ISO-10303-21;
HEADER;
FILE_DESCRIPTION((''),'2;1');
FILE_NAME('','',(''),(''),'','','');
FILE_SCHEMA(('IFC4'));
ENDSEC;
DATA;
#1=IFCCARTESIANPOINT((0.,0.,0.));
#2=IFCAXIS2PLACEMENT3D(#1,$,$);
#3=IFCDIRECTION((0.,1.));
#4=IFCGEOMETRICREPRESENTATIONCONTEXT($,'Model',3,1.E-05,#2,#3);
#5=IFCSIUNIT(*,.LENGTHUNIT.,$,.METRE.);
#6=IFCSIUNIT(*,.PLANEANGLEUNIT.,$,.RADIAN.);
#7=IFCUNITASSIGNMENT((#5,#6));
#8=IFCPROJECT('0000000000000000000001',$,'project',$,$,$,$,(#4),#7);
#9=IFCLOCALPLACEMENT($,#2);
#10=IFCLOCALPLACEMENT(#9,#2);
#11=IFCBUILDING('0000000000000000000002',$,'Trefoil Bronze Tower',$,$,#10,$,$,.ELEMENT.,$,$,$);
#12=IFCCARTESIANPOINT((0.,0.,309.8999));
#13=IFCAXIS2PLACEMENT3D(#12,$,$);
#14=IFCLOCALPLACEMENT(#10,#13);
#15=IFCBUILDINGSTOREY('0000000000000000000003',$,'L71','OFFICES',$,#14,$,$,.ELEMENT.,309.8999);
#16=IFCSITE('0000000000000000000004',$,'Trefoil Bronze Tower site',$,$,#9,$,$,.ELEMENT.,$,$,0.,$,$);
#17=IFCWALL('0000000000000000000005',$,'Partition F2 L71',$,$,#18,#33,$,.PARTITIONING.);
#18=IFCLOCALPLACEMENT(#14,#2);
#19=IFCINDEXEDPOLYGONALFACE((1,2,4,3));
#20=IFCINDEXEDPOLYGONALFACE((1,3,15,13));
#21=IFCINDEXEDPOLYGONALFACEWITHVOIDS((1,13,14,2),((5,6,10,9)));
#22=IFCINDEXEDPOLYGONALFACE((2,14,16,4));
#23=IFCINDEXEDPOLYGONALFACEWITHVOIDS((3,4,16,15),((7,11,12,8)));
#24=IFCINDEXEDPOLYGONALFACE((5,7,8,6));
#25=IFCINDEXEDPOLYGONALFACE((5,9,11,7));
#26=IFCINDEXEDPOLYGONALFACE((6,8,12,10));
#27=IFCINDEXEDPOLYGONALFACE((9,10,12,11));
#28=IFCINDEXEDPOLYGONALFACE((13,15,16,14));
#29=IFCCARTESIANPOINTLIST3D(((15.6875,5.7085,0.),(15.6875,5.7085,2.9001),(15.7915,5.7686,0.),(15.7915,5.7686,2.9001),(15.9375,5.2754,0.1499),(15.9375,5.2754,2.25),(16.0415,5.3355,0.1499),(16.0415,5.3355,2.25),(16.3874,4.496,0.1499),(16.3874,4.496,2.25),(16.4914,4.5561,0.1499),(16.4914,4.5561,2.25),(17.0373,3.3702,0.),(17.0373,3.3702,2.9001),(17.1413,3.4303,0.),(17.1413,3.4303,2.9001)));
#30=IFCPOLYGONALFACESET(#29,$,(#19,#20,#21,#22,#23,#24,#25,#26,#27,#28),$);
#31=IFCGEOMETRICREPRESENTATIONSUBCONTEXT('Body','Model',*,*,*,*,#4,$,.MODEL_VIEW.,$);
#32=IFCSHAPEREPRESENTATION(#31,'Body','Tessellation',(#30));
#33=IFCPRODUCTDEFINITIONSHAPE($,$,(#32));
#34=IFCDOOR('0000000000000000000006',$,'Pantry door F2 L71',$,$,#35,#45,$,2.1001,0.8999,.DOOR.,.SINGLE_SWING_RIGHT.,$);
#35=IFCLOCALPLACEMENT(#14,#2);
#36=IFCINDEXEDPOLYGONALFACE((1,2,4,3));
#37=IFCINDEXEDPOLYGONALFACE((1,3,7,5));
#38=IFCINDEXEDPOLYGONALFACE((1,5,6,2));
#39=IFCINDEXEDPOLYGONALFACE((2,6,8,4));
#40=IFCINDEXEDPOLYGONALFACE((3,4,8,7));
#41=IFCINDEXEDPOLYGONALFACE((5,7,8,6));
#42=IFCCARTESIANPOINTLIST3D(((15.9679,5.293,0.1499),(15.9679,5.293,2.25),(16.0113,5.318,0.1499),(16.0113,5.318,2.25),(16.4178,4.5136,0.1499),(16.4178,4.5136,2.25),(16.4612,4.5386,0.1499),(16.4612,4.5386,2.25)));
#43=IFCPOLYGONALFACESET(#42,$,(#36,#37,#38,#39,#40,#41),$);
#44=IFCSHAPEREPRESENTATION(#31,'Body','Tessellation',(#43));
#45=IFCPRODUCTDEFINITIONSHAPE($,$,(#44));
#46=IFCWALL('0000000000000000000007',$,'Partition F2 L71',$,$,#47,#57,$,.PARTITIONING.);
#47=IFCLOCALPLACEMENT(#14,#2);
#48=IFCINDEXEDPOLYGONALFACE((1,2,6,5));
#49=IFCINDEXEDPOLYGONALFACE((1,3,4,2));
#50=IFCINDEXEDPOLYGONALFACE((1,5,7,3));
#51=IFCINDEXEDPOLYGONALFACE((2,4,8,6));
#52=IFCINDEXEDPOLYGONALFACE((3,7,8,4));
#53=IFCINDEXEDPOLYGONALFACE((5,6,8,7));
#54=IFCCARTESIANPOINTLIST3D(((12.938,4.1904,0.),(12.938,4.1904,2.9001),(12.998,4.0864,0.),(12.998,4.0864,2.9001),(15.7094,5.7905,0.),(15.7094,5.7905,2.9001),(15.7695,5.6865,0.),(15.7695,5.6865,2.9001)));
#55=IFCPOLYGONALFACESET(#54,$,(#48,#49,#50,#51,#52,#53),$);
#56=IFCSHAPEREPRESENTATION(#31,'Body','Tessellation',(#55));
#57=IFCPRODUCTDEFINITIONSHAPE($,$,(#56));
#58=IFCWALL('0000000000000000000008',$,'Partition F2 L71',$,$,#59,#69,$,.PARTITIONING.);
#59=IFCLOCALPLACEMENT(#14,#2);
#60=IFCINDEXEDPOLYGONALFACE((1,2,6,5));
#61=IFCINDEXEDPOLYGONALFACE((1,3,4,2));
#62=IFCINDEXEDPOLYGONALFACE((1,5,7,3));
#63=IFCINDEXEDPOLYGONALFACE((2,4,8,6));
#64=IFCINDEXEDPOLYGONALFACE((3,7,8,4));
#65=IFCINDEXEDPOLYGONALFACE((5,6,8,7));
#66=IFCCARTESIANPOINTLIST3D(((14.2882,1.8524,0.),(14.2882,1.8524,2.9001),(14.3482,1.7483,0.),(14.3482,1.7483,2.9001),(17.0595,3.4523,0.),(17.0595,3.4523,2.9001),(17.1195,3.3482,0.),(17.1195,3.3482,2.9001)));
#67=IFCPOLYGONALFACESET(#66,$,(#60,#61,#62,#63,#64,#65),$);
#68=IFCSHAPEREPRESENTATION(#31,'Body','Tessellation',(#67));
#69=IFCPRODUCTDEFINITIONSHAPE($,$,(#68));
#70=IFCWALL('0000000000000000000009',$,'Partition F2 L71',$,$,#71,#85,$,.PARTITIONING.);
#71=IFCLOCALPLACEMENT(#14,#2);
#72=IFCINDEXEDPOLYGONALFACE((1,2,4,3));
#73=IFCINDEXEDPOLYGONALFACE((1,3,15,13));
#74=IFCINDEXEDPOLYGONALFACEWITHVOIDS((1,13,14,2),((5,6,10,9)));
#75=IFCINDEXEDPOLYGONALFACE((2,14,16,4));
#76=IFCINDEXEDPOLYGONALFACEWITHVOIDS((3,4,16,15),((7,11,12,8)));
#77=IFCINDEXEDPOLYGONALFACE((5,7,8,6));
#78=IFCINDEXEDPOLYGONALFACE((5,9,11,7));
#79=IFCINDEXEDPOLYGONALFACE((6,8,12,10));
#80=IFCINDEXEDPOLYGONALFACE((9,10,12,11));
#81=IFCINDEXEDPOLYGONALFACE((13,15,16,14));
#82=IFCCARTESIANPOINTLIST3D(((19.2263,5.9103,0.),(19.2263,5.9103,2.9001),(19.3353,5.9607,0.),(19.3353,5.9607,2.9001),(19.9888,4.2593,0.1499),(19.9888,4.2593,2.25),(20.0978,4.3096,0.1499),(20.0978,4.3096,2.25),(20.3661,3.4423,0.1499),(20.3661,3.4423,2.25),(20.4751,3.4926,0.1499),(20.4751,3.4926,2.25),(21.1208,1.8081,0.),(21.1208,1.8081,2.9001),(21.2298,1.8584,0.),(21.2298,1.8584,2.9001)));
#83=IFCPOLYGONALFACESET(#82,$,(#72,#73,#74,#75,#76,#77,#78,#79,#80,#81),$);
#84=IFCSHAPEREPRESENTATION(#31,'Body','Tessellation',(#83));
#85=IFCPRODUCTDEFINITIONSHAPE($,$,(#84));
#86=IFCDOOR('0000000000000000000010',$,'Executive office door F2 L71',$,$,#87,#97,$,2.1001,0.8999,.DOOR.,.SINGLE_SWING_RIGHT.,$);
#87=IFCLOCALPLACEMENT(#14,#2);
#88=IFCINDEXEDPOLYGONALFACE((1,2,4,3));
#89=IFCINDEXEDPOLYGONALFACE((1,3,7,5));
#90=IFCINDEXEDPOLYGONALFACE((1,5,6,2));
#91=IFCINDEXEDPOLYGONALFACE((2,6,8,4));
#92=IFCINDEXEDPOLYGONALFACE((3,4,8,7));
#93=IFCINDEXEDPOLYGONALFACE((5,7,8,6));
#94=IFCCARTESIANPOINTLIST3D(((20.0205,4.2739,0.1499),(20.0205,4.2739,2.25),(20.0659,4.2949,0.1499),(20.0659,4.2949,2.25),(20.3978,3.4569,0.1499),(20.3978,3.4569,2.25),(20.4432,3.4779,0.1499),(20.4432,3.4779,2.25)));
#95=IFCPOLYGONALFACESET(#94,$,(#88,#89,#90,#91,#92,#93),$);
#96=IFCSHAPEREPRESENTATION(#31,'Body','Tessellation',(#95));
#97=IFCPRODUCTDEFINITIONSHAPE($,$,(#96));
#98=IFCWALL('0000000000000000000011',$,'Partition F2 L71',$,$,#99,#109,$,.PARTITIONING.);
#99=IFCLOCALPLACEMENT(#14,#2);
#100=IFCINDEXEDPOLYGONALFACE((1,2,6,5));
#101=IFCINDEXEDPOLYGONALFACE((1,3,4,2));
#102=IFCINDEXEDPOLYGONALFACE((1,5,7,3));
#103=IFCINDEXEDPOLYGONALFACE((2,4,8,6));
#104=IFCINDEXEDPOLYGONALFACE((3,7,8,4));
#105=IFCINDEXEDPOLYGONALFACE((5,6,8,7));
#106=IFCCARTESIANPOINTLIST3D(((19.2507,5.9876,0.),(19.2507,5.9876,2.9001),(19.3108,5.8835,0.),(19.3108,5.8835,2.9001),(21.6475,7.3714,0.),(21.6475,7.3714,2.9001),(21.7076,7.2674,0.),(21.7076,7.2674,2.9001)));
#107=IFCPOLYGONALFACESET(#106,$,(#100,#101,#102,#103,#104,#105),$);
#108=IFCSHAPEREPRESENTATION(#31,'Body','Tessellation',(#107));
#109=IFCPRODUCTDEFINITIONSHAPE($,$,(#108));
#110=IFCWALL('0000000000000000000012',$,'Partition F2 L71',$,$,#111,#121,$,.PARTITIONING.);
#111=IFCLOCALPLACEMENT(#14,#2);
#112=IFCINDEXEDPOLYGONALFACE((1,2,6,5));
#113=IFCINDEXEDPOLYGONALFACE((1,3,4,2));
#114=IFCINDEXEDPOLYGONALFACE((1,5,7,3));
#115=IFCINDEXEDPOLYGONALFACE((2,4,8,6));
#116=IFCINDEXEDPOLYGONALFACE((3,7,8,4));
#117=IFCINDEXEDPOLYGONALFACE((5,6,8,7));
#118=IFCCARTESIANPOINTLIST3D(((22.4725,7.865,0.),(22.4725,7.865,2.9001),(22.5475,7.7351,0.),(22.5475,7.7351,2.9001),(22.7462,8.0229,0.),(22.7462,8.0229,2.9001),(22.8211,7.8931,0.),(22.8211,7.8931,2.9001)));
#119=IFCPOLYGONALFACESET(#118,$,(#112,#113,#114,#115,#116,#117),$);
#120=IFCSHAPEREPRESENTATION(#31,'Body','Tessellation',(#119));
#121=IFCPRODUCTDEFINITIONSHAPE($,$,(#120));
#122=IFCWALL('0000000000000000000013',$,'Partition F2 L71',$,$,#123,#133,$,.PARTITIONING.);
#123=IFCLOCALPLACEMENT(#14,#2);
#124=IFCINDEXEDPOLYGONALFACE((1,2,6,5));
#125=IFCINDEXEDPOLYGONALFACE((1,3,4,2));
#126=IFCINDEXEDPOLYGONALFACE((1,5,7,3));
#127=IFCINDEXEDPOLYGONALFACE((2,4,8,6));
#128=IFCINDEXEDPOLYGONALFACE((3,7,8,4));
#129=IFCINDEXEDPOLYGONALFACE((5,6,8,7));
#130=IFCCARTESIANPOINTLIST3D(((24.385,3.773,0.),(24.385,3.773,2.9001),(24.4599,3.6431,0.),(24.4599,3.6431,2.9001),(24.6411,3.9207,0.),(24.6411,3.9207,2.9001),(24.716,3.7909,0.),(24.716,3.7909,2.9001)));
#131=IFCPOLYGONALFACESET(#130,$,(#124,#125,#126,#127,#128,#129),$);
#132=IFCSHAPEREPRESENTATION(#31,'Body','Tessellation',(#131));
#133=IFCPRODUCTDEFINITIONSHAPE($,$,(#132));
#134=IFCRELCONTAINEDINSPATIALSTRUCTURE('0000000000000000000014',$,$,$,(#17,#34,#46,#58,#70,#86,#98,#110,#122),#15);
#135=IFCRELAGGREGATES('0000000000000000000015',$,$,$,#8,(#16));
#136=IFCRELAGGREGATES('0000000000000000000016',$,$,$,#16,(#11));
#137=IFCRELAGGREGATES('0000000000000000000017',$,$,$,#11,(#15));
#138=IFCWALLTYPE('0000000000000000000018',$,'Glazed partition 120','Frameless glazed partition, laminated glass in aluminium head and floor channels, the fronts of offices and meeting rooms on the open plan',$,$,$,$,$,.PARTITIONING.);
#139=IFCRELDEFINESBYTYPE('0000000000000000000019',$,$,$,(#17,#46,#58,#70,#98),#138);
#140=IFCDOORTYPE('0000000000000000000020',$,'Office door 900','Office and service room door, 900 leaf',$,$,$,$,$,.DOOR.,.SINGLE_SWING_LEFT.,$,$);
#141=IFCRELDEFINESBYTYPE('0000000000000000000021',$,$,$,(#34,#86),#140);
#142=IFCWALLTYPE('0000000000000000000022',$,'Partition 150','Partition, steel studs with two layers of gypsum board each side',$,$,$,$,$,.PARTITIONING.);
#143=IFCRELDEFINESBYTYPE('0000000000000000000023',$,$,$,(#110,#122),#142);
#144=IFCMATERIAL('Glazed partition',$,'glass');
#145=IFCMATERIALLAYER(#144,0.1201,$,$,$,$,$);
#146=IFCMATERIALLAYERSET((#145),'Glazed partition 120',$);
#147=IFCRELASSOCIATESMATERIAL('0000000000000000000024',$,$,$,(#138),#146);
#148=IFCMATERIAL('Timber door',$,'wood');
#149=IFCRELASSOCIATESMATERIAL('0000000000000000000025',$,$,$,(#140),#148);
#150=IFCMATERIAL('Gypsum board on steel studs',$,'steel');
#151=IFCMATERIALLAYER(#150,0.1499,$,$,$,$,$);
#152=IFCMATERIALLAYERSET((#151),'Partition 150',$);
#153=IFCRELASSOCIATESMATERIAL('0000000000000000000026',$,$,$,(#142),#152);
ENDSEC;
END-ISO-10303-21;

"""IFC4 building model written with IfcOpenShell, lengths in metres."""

from ifc_helpers import new_model, si_unit, direction, frame, frame_2d, origin, place, context, subcontext, project, spatial, rectangle, extrude, material, layer, layer_set, type_object, element, fill, save


model = new_model("IFC4")

# Units and contexts
model_context = context("Model", 3, precision=1e-05, world=origin(), true_north=direction((0.0, 1.0)))
body_context = subcontext(model_context, "Body", "Model", "MODEL_VIEW")
ifc_project = project(units=[si_unit("LENGTHUNIT", "METRE"), si_unit("PLANEANGLEUNIT", "RADIAN")], contexts=[model_context])

# Site, building, storey
site_placement = place(None, origin())
site = spatial("IfcSite", under=ifc_project, at=site_placement, Name="Trefoil Bronze Tower site", CompositionType="ELEMENT", RefElevation=0.0)
building_placement = place(site_placement, origin())
building = spatial("IfcBuilding", under=site, at=building_placement, Name="Trefoil Bronze Tower", CompositionType="ELEMENT")
storey_placement = place(building_placement, frame((0.0, 0.0, 309.8999)))
storey = spatial("IfcBuildingStorey", under=building, at=storey_placement, Name="L71", Description="OFFICES", CompositionType="ELEMENT", Elevation=309.8999)

# Wall, opening, door
ifc_material_1 = material(Name="Glazed partition", Category="glass")
ifc_layer_1 = layer(ifc_material_1, 0.1201)
ifc_layer_set_1 = layer_set([ifc_layer_1], Name="Glazed partition 120")
wall_type_1 = type_object("IfcWallType", Name="Glazed partition 120", Description="Frameless glazed partition, laminated glass in aluminium head and floor channels, the fronts of offices and meeting rooms on the open plan", PredefinedType="PARTITIONING", material=ifc_layer_set_1)
wall_1_placement = place(storey_placement, frame((17.0894, 3.4001, 0.0), z_axis=(0.0, 0.0, 1.0), x_axis=(-0.499942, 0.866059, 0.0)))
wall_1 = element("IfcWall", 1, at=wall_1_placement, inside=storey, type_object=wall_type_1, Name="Partition F2 L71", PredefinedType="PARTITIONING", context=body_context, shape_type="SweptSolid", body=[
    extrude(rectangle(XDim=2.7, YDim=0.1201, at=frame_2d((1.3501, 0.0))), origin(), (0.0, 0.0, 1.0), 2.9001),
])
opening_1_placement = place(wall_1_placement, frame((1.3, 0.0, 0.1499)))
opening_1 = element("IfcOpeningElement", 2, at=opening_1_placement, cuts=wall_1, PredefinedType="OPENING", context=body_context, shape_type="SweptSolid", body=[
    extrude(rectangle(XDim=0.8999, YDim=2.1001, at=frame_2d((0.45, 1.05))), frame((0.0, 0.0701, 0.0), z_axis=(0.0, -1.0, 0.0), x_axis=(1.0, 0.0, 0.0)), (0.0, 0.0, 1.0), 0.1401),
])
ifc_material_2 = material(Name="Timber door", Category="wood")
door_type_1 = type_object("IfcDoorType", Name="Office door 900", Description="Office and service room door, 900 leaf", OperationType="SINGLE_SWING_LEFT", PredefinedType="DOOR", material=ifc_material_2)
door_1_placement = place(opening_1_placement, origin())
door_1 = element("IfcDoor", 3, at=door_1_placement, inside=storey, type_object=door_type_1, Name="Pantry door F2 L71", OperationType="SINGLE_SWING_RIGHT", OverallHeight=2.1001, OverallWidth=0.8999, PredefinedType="DOOR", context=body_context, shape_type="SweptSolid", body=[
    extrude(rectangle(XDim=0.8999, YDim=2.1001, at=frame_2d((0.45, 1.05))), frame((0.0, 0.0249, 0.0), z_axis=(0.0, -1.0, 0.0), x_axis=(1.0, 0.0, 0.0)), (0.0, 0.0, 1.0), 0.05),
])
fill(opening_1, door_1)

# Walls
wall_2_placement = place(storey_placement, frame((12.968, 4.1384, 0.0), z_axis=(0.0, 0.0, 1.0), x_axis=(0.866028, 0.499995, 0.0)))
element("IfcWall", 4, at=wall_2_placement, inside=storey, type_object=wall_type_1, Name="Partition F2 L71", PredefinedType="PARTITIONING", context=body_context, shape_type="SweptSolid", body=[
    extrude(rectangle(XDim=3.2002, YDim=0.1201, at=frame_2d((1.6001, 0.0))), origin(), (0.0, 0.0, 1.0), 2.9001),
])
wall_3_placement = place(storey_placement, frame((14.3181, 1.8003, 0.0), z_axis=(0.0, 0.0, 1.0), x_axis=(0.866042, 0.499971, 0.0)))
element("IfcWall", 5, at=wall_3_placement, inside=storey, type_object=wall_type_1, Name="Partition F2 L71", PredefinedType="PARTITIONING", context=body_context, shape_type="SweptSolid", body=[
    extrude(rectangle(XDim=3.2, YDim=0.1201, at=frame_2d((1.6001, 0.0))), origin(), (0.0, 0.0, 1.0), 2.9001),
])

# Wall, opening, door
wall_4_placement = place(storey_placement, frame((21.1753, 1.8333, 0.0), z_axis=(0.0, 0.0, 1.0), x_axis=(-0.419271, 0.907861, 0.0)))
wall_4 = element("IfcWall", 6, at=wall_4_placement, inside=storey, type_object=wall_type_1, Name="Partition F2 L71", PredefinedType="PARTITIONING", context=body_context, shape_type="SweptSolid", body=[
    extrude(rectangle(XDim=4.5186, YDim=0.1201, at=frame_2d((2.2593, 0.0))), origin(), (0.0, 0.0, 1.0), 2.9001),
])
opening_2_placement = place(wall_4_placement, frame((1.8, 0.0, 0.1499)))
opening_2 = element("IfcOpeningElement", 7, at=opening_2_placement, cuts=wall_4, PredefinedType="OPENING", context=body_context, shape_type="SweptSolid", body=[
    extrude(rectangle(XDim=0.8999, YDim=2.1001, at=frame_2d((0.45, 1.05))), frame((0.0, 0.0701, 0.0), z_axis=(0.0, -1.0, 0.0), x_axis=(1.0, 0.0, 0.0)), (0.0, 0.0, 1.0), 0.1401),
])
door_2_placement = place(opening_2_placement, frame((0.8999, 0.0, 0.0), z_axis=(0.0, 0.0, 1.0), x_axis=(-1.0, 0.0, 0.0)))
door_2 = element("IfcDoor", 8, at=door_2_placement, inside=storey, type_object=door_type_1, Name="Executive office door F2 L71", OperationType="SINGLE_SWING_RIGHT", OverallHeight=2.1001, OverallWidth=0.8999, PredefinedType="DOOR", context=body_context, shape_type="SweptSolid", body=[
    extrude(rectangle(XDim=0.8999, YDim=2.1001, at=frame_2d((0.45, 1.05))), frame((0.0, 0.0249, 0.0), z_axis=(0.0, -1.0, 0.0), x_axis=(1.0, 0.0, 0.0)), (0.0, 0.0, 1.0), 0.05),
])
fill(opening_2, door_2)

# Walls
wall_5_placement = place(storey_placement, frame((19.2808, 5.9355, 0.0), z_axis=(0.0, 0.0, 1.0), x_axis=(0.86602, 0.50001, 0.0)))
element("IfcWall", 9, at=wall_5_placement, inside=storey, type_object=wall_type_1, Name="Partition F2 L71", PredefinedType="PARTITIONING", context=body_context, shape_type="SweptSolid", body=[
    extrude(rectangle(XDim=2.7676, YDim=0.1201, at=frame_2d((1.3838, 0.0))), origin(), (0.0, 0.0, 1.0), 2.9001),
])
ifc_material_3 = material(Name="Gypsum board on steel studs", Category="steel")
ifc_layer_2 = layer(ifc_material_3, 0.1499)
ifc_layer_set_2 = layer_set([ifc_layer_2], Name="Partition 150")
wall_type_2 = type_object("IfcWallType", Name="Partition 150", Description="Partition, steel studs with two layers of gypsum board each side", PredefinedType="PARTITIONING", material=ifc_layer_set_2)
wall_6_placement = place(storey_placement, frame((22.51, 7.8, 0.0), z_axis=(0.0, 0.0, 1.0), x_axis=(0.866096, 0.499879, 0.0)))
element("IfcWall", 10, at=wall_6_placement, inside=storey, type_object=wall_type_2, Name="Partition F2 L71", PredefinedType="PARTITIONING", context=body_context, shape_type="SweptSolid", body=[
    extrude(rectangle(XDim=0.3159, YDim=0.1499, at=frame_2d((0.158, 0.0))), origin(), (0.0, 0.0, 1.0), 2.9001),
])
wall_7_placement = place(storey_placement, frame((24.4224, 3.708, 0.0), z_axis=(0.0, 0.0, 1.0), x_axis=(0.866254, 0.499603, 0.0)))
element("IfcWall", 11, at=wall_7_placement, inside=storey, type_object=wall_type_2, Name="Partition F2 L71", PredefinedType="PARTITIONING", context=body_context, shape_type="SweptSolid", body=[
    extrude(rectangle(XDim=0.2957, YDim=0.1499, at=frame_2d((0.1479, 0.0))), origin(), (0.0, 0.0, 1.0), 2.9001),
])

save(model, "model.ifc")
